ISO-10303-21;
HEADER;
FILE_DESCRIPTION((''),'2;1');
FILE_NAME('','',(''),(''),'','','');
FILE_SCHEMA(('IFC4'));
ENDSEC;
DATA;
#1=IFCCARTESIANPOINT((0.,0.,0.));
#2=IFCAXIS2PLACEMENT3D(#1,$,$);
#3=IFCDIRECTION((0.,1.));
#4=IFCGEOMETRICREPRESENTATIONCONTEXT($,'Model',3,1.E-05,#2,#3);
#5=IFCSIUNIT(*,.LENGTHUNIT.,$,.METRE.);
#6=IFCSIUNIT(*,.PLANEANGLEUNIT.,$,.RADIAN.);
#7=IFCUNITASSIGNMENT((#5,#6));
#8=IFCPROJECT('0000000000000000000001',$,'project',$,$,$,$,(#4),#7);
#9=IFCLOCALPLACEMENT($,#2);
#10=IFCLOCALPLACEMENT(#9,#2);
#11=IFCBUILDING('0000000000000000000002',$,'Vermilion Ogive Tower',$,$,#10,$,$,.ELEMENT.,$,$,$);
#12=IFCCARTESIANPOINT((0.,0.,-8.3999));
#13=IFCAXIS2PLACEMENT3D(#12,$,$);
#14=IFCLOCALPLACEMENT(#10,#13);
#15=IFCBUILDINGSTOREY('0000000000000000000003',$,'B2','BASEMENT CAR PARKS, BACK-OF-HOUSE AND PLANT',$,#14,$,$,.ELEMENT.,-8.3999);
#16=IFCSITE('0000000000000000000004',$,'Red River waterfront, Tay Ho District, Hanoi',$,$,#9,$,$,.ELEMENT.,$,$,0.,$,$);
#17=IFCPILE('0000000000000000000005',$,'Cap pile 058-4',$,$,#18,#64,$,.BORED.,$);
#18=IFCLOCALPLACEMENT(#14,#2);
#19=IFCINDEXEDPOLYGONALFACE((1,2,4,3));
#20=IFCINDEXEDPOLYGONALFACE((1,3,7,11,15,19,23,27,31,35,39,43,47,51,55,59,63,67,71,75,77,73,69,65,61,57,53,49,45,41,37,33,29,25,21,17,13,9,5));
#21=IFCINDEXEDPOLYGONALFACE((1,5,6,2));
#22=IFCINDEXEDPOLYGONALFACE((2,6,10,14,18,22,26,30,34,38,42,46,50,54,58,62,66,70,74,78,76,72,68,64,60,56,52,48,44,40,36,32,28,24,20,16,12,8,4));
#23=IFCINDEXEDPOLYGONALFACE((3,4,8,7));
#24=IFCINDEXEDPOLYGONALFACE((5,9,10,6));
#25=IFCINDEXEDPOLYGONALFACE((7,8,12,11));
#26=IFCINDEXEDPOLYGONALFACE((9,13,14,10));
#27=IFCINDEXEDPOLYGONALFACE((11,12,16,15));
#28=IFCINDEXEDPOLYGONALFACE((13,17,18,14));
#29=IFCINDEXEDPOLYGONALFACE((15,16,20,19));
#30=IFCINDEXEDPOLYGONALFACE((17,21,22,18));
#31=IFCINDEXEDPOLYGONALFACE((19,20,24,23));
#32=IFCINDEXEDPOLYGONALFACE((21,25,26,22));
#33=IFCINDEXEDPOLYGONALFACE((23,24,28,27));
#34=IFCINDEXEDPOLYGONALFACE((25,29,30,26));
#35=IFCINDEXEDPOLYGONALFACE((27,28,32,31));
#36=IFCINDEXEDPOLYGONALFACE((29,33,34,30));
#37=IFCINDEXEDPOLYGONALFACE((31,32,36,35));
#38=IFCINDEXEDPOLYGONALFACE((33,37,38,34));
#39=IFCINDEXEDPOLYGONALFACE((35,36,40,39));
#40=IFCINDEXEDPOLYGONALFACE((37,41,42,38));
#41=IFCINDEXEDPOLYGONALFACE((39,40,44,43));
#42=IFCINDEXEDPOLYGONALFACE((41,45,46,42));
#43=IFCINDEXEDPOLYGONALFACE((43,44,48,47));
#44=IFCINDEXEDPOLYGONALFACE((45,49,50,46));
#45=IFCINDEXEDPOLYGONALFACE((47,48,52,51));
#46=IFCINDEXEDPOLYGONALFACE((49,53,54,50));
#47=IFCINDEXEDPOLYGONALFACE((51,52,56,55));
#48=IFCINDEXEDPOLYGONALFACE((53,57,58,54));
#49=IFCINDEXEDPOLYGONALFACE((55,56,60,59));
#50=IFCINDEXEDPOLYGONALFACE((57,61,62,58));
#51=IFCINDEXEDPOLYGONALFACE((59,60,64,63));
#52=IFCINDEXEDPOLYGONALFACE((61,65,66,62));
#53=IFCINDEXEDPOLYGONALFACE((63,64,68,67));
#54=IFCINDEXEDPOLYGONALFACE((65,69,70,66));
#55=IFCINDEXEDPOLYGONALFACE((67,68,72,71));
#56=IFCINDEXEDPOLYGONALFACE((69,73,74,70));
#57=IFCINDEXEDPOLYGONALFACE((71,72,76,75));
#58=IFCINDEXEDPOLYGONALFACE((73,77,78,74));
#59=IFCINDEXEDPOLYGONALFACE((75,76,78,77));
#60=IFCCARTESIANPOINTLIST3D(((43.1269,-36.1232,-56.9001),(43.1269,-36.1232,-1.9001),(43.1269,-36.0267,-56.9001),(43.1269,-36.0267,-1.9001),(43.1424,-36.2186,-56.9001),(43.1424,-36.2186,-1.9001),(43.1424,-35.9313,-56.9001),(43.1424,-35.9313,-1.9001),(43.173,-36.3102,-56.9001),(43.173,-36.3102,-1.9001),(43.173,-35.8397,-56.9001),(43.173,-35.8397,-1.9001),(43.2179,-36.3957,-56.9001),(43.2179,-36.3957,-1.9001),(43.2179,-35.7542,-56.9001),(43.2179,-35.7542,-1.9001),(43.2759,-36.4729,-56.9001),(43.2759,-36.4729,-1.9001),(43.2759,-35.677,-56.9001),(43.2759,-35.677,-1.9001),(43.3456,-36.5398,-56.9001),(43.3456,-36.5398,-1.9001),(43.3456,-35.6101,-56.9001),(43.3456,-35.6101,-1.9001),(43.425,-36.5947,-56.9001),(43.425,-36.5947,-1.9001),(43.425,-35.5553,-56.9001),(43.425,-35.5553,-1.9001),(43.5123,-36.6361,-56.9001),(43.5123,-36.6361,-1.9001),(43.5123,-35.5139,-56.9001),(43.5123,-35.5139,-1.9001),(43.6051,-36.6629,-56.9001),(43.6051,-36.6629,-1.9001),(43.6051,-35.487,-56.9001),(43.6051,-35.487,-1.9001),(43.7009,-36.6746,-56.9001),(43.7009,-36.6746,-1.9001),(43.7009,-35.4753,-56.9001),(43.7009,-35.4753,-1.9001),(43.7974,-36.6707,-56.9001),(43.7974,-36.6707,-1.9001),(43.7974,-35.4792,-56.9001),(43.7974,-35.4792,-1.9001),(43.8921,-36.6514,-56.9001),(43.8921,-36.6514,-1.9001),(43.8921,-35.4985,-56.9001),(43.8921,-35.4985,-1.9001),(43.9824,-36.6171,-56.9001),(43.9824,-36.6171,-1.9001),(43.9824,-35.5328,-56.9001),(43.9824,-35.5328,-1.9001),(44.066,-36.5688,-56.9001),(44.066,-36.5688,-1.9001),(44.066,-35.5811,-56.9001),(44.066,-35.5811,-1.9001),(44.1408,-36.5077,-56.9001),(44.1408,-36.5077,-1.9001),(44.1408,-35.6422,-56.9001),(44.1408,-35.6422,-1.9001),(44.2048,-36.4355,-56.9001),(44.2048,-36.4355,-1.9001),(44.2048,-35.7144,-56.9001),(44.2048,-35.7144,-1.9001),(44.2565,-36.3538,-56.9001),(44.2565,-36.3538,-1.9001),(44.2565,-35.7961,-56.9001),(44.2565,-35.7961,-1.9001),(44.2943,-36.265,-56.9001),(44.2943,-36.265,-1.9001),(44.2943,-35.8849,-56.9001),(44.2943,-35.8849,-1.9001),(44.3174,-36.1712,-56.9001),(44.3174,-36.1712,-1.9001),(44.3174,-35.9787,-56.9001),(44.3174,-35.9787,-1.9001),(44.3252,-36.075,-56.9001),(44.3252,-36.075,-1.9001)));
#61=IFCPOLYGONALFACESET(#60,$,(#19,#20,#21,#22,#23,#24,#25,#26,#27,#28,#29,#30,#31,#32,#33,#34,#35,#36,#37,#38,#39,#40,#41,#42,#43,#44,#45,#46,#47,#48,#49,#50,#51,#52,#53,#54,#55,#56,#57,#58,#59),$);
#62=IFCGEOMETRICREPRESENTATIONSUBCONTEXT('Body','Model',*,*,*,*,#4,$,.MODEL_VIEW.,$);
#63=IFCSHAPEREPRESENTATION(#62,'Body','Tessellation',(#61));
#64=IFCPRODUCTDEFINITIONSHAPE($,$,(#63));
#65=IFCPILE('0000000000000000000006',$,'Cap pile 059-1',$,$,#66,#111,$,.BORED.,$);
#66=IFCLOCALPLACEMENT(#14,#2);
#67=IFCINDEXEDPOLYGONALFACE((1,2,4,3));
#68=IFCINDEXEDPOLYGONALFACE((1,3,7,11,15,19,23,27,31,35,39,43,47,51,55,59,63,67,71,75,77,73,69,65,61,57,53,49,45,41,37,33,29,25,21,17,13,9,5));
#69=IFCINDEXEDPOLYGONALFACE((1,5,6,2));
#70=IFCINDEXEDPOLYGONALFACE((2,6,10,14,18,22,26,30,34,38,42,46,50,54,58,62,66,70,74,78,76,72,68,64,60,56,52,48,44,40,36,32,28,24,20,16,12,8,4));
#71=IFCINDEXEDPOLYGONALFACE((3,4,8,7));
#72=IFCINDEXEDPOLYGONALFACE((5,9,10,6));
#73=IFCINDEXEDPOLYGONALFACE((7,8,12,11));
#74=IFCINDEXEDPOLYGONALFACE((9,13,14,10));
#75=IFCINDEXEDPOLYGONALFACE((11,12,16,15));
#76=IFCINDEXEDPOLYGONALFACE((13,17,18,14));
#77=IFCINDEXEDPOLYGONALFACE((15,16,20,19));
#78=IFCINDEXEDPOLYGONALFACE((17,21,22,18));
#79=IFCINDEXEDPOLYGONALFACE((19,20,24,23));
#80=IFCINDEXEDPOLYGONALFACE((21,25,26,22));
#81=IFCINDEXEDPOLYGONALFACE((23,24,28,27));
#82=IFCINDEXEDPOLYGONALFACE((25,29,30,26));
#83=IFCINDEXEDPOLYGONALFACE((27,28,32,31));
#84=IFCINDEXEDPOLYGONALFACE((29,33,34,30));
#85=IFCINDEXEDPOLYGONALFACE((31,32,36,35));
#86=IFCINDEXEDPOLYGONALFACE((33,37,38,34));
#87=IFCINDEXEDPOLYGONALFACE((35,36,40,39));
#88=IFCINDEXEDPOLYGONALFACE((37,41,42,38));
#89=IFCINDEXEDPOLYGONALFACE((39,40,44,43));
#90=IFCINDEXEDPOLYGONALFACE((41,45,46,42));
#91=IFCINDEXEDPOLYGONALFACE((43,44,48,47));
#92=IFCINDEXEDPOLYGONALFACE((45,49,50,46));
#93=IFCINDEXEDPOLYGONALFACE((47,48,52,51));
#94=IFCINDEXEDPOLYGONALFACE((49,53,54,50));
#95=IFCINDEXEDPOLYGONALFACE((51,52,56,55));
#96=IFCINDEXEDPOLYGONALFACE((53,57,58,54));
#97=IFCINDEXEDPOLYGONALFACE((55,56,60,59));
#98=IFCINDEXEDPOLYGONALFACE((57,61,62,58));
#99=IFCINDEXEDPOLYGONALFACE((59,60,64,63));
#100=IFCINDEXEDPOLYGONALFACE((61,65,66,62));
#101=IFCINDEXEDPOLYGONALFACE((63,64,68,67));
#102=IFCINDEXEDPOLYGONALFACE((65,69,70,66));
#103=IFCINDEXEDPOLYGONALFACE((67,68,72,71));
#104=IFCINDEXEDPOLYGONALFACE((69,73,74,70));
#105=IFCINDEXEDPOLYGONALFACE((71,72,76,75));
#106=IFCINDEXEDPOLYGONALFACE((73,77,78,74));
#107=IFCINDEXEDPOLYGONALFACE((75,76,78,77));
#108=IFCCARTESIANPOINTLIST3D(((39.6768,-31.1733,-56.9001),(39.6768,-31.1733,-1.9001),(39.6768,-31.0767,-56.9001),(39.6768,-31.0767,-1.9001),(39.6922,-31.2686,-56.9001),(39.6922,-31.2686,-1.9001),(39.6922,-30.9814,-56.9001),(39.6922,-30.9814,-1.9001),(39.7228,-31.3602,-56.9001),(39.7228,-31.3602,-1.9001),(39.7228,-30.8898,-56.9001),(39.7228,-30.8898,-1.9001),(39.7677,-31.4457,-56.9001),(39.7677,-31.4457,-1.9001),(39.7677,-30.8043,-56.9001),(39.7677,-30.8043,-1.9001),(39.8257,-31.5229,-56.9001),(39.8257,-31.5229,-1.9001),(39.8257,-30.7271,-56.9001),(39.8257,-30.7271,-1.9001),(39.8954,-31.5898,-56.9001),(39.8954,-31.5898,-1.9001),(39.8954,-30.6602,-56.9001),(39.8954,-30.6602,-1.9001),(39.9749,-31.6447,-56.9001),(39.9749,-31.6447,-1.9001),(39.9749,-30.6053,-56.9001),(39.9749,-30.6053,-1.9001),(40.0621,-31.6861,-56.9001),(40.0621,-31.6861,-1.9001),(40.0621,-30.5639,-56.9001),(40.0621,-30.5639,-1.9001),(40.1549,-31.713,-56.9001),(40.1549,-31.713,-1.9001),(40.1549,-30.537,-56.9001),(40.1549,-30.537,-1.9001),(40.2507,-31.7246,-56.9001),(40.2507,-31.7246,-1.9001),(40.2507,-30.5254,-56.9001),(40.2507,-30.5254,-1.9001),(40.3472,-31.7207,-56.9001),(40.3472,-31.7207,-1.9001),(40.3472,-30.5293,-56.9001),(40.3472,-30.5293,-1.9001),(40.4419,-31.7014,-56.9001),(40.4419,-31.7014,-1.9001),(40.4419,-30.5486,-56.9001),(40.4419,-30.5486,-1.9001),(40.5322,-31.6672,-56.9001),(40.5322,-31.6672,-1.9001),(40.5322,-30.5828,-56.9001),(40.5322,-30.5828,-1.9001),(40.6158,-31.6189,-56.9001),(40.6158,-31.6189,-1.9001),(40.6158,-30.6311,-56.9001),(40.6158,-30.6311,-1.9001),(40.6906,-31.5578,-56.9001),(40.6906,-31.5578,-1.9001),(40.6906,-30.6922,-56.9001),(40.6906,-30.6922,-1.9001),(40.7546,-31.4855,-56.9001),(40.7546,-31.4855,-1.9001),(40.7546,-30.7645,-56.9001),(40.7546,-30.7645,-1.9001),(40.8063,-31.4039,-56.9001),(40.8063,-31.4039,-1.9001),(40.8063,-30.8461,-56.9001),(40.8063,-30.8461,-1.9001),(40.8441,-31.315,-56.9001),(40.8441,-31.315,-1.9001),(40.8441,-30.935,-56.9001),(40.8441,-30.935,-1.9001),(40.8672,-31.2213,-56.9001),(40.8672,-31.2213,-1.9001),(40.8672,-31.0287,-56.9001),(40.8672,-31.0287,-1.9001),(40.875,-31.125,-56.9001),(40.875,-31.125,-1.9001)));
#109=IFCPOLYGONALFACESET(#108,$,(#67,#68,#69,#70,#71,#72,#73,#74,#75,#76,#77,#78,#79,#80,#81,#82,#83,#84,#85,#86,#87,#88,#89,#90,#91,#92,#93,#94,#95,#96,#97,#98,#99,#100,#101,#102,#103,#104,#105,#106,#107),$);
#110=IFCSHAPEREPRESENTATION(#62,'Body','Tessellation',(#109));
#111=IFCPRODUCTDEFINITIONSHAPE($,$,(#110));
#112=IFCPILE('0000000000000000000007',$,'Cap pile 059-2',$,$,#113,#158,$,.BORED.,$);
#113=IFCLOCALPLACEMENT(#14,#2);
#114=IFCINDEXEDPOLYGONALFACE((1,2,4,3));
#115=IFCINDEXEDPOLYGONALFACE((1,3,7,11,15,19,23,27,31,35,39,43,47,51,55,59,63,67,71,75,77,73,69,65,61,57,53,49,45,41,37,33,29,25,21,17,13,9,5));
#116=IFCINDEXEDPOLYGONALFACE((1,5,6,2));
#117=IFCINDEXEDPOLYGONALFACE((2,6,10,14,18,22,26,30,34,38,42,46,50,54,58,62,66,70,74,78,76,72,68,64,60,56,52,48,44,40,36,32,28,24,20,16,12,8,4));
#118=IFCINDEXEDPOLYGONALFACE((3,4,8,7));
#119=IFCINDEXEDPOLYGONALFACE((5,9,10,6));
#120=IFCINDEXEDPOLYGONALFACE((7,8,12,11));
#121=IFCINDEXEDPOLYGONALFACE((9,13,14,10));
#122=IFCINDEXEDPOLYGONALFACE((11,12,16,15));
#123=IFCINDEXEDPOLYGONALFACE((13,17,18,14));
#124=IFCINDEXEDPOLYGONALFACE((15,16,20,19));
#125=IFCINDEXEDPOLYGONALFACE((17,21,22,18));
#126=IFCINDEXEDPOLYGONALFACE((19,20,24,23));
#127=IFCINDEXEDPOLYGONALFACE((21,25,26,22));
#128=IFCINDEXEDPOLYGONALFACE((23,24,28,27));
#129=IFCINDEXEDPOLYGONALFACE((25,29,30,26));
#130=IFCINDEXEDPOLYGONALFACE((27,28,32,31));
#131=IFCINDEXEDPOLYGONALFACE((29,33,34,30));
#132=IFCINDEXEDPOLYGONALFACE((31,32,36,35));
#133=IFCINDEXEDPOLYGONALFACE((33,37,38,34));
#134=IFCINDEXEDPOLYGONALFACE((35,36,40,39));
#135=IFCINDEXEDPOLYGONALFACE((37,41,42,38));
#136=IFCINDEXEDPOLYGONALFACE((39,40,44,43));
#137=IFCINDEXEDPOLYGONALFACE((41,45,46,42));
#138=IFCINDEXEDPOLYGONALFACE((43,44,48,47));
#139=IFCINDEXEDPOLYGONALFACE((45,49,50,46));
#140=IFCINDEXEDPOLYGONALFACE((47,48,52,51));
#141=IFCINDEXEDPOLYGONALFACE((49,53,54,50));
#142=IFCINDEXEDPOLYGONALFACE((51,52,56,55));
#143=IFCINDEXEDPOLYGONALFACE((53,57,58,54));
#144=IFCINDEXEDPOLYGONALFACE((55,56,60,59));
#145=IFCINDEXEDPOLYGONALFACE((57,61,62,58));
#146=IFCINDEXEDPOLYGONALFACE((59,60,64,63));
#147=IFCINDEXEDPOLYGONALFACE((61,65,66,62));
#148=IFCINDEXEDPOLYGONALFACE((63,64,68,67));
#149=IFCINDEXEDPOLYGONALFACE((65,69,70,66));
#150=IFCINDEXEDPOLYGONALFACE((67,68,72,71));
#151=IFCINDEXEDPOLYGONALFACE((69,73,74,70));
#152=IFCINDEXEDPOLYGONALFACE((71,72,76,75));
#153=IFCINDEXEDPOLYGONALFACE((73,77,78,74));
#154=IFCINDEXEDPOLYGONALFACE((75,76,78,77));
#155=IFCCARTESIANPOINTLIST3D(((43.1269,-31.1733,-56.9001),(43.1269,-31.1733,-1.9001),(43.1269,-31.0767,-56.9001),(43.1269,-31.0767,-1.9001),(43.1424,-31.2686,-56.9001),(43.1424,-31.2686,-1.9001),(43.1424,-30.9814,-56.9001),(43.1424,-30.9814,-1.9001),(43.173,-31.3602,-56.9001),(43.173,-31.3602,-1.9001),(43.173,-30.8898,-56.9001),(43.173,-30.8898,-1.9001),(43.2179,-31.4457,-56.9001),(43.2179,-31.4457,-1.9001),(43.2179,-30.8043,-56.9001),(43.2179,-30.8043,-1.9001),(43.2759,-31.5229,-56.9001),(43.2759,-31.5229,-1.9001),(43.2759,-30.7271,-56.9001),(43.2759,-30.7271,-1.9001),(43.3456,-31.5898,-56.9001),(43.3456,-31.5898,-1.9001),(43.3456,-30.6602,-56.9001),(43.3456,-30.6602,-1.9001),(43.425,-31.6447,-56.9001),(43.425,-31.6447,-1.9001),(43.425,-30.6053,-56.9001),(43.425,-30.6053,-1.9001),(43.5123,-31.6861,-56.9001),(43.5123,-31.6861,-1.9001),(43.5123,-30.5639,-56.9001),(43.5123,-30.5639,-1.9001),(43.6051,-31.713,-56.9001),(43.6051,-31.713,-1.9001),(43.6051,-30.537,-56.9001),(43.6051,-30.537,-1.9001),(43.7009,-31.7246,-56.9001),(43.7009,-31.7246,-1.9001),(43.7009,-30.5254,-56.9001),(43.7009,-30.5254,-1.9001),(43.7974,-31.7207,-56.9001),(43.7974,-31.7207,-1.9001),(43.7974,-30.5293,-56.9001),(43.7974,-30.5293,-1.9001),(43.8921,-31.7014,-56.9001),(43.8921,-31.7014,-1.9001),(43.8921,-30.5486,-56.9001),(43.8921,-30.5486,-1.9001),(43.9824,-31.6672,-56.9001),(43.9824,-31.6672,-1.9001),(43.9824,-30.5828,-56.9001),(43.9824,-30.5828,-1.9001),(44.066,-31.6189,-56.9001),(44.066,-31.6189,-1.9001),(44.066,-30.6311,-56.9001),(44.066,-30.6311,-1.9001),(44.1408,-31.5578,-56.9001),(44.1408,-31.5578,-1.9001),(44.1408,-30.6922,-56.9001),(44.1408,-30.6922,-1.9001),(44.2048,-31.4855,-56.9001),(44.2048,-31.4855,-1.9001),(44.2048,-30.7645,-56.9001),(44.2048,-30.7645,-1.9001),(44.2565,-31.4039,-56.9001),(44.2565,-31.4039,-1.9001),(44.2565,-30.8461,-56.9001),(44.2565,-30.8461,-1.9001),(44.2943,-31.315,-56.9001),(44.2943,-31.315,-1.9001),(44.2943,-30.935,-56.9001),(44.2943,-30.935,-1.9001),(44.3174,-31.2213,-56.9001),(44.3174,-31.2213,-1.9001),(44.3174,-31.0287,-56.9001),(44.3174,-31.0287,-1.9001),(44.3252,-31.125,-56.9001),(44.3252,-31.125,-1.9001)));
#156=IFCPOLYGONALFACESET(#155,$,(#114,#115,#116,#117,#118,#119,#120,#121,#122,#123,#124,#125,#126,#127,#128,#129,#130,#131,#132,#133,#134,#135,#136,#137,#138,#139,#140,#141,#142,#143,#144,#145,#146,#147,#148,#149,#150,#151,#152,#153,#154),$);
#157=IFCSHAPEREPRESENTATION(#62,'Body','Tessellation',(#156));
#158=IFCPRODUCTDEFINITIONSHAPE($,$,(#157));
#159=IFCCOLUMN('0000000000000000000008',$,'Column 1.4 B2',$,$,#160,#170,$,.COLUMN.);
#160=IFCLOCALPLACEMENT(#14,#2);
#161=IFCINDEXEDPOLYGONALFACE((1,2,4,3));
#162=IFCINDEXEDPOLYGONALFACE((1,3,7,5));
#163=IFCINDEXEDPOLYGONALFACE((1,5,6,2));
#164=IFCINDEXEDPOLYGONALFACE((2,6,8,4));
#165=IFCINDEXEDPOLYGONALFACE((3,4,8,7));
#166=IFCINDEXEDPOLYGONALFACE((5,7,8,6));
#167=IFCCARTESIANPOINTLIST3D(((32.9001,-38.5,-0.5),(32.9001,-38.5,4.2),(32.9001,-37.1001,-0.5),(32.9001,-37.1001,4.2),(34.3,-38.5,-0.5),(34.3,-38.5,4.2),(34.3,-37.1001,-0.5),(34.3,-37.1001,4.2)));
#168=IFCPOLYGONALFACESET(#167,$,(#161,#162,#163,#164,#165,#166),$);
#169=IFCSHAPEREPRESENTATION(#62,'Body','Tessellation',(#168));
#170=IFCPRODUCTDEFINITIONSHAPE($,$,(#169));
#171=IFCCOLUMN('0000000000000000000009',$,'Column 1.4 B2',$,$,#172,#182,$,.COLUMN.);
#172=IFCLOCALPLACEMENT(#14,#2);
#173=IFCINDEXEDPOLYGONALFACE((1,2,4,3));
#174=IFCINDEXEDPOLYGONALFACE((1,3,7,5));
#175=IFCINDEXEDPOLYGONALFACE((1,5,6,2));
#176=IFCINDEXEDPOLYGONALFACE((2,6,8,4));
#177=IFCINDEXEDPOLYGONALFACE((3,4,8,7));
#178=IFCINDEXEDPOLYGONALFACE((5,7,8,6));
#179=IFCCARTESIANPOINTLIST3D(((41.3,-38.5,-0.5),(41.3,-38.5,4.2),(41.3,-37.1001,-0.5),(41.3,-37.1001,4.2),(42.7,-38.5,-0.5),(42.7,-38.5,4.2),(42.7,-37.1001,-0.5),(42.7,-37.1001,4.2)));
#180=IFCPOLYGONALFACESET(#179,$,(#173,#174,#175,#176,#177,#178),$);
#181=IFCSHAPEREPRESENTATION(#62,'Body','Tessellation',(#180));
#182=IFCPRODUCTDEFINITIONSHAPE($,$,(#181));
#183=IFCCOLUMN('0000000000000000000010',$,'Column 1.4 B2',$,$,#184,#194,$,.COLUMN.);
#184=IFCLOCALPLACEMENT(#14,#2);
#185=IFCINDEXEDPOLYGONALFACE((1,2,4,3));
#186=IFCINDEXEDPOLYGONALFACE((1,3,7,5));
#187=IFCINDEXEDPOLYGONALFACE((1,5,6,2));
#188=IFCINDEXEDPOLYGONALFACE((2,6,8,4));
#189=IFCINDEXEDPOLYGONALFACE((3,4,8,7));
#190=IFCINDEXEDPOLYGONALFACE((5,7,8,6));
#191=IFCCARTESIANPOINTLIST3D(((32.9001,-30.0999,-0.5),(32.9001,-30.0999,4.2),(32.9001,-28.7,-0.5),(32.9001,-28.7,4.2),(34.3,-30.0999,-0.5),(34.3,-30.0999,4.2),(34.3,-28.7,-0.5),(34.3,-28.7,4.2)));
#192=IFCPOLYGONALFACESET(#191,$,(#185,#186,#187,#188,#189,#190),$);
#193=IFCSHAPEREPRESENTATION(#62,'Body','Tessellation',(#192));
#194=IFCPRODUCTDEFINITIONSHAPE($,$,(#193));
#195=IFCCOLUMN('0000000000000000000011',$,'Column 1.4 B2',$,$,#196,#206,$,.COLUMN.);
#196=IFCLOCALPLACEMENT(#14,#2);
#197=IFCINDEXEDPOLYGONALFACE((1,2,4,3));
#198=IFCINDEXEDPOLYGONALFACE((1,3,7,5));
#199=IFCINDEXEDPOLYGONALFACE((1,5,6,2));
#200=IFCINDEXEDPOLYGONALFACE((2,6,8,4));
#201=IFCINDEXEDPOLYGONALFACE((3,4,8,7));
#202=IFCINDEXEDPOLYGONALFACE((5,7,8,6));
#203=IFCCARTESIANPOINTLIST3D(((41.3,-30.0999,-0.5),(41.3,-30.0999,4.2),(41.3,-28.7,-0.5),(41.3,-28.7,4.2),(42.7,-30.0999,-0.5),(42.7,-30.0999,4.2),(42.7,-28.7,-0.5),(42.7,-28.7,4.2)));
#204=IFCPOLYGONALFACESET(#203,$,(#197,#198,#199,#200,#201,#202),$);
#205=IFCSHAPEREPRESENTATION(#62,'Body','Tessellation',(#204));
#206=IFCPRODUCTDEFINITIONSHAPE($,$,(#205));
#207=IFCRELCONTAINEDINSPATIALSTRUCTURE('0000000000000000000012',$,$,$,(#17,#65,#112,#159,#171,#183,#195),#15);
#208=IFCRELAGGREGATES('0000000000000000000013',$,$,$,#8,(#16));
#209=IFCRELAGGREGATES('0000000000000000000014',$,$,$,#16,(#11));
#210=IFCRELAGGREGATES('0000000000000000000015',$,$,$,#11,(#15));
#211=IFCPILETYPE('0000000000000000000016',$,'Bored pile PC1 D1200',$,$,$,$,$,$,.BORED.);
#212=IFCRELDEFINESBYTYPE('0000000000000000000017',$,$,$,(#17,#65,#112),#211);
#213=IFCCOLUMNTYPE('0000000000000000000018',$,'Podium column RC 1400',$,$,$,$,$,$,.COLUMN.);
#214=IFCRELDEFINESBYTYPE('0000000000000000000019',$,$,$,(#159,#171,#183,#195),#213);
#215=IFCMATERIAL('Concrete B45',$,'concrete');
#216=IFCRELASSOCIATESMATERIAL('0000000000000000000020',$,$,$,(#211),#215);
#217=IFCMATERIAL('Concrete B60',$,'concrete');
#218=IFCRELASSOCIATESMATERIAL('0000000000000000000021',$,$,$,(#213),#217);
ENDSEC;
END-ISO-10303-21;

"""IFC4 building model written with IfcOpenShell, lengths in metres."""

from ifc_helpers import new_model, si_unit, direction, frame, origin, origin_2d, place, context, subcontext, project, spatial, rectangle, circle, extrude, material, material_profile, profile_set, type_object, element, save


model = new_model("IFC4")

# Units and contexts
model_context = context("Model", 3, precision=1e-05, world=origin(), true_north=direction((0.0, 1.0)))
body_context = subcontext(model_context, "Body", "Model", "MODEL_VIEW")
ifc_project = project(units=[si_unit("LENGTHUNIT", "METRE"), si_unit("PLANEANGLEUNIT", "RADIAN")], contexts=[model_context])

# Site, building, storey
site_placement = place(None, origin())
site = spatial("IfcSite", under=ifc_project, at=site_placement, Name="Red River waterfront, Tay Ho District, Hanoi", CompositionType="ELEMENT", RefElevation=0.0)
building_placement = place(site_placement, origin())
building = spatial("IfcBuilding", under=site, at=building_placement, Name="Vermilion Ogive Tower", CompositionType="ELEMENT")
storey_placement = place(building_placement, frame((0.0, 0.0, -8.3999)))
storey = spatial("IfcBuildingStorey", under=building, at=storey_placement, Name="B2", Description="BASEMENT CAR PARKS, BACK-OF-HOUSE AND PLANT", CompositionType="ELEMENT", Elevation=-8.3999)

# Piles
ifc_material_1 = material(Name="Concrete B45", Category="concrete")
pile_type = type_object("IfcPileType", Name="Bored pile PC1 D1200", PredefinedType="BORED", material=ifc_material_1)
for number, where, z_axis, x_axis, name in (
    (1, (43.7251, -36.075, -1.9001), (0.0, 0.0, -1.0), (1.0, 0.0, 0.0), "Cap pile 058-4"),
    (2, (40.2749, -31.125, -1.9001), (0.0, 0.0, -1.0), (1.0, 0.0, 0.0), "Cap pile 059-1"),
    (3, (43.7251, -31.125, -1.9001), (0.0, 0.0, -1.0), (1.0, 0.0, 0.0), "Cap pile 059-2"),
):
    element("IfcPile", number, at=place(storey_placement, frame(where, z_axis=z_axis, x_axis=x_axis)), inside=storey, type_object=pile_type, Name=name, PredefinedType="BORED", context=body_context, shape_type="SweptSolid", body=[
        extrude(circle(Radius=0.6001, at=origin_2d()), origin(), (0.0, 0.0, 1.0), 55.0),
    ])

# Columns
ifc_material_2 = material(Name="Concrete B60", Category="concrete")
ifc_material_profile = material_profile(ifc_material_2, rectangle(XDim=1.3999, YDim=1.3999, at=origin_2d()), Name="RC 1400x1400")
ifc_profile_set = profile_set([ifc_material_profile], Name="Concrete B60")
column_type = type_object("IfcColumnType", Name="Podium column RC 1400", PredefinedType="COLUMN", material=ifc_profile_set)
for number, where, z_axis, x_axis, name in (
    (4, (33.6001, -37.8, -0.5), (0.0, 0.0, 1.0), (1.0, 0.0, 0.0), "Column 1.4 B2"),
    (5, (42.0, -37.8, -0.5), (0.0, 0.0, 1.0), (1.0, 0.0, 0.0), "Column 1.4 B2"),
    (6, (33.6001, -29.3999, -0.5), (0.0, 0.0, 1.0), (1.0, 0.0, 0.0), "Column 1.4 B2"),
    (7, (42.0, -29.3999, -0.5), (0.0, 0.0, 1.0), (1.0, 0.0, 0.0), "Column 1.4 B2"),
):
    element("IfcColumn", number, at=place(storey_placement, frame(where, z_axis=z_axis, x_axis=x_axis)), inside=storey, type_object=column_type, Name=name, PredefinedType="COLUMN", context=body_context, shape_type="SweptSolid", body=[
        extrude(rectangle(XDim=1.3999, YDim=1.3999, at=origin_2d()), origin(), (0.0, 0.0, 1.0), 4.7),
    ])

save(model, "model.ifc")
